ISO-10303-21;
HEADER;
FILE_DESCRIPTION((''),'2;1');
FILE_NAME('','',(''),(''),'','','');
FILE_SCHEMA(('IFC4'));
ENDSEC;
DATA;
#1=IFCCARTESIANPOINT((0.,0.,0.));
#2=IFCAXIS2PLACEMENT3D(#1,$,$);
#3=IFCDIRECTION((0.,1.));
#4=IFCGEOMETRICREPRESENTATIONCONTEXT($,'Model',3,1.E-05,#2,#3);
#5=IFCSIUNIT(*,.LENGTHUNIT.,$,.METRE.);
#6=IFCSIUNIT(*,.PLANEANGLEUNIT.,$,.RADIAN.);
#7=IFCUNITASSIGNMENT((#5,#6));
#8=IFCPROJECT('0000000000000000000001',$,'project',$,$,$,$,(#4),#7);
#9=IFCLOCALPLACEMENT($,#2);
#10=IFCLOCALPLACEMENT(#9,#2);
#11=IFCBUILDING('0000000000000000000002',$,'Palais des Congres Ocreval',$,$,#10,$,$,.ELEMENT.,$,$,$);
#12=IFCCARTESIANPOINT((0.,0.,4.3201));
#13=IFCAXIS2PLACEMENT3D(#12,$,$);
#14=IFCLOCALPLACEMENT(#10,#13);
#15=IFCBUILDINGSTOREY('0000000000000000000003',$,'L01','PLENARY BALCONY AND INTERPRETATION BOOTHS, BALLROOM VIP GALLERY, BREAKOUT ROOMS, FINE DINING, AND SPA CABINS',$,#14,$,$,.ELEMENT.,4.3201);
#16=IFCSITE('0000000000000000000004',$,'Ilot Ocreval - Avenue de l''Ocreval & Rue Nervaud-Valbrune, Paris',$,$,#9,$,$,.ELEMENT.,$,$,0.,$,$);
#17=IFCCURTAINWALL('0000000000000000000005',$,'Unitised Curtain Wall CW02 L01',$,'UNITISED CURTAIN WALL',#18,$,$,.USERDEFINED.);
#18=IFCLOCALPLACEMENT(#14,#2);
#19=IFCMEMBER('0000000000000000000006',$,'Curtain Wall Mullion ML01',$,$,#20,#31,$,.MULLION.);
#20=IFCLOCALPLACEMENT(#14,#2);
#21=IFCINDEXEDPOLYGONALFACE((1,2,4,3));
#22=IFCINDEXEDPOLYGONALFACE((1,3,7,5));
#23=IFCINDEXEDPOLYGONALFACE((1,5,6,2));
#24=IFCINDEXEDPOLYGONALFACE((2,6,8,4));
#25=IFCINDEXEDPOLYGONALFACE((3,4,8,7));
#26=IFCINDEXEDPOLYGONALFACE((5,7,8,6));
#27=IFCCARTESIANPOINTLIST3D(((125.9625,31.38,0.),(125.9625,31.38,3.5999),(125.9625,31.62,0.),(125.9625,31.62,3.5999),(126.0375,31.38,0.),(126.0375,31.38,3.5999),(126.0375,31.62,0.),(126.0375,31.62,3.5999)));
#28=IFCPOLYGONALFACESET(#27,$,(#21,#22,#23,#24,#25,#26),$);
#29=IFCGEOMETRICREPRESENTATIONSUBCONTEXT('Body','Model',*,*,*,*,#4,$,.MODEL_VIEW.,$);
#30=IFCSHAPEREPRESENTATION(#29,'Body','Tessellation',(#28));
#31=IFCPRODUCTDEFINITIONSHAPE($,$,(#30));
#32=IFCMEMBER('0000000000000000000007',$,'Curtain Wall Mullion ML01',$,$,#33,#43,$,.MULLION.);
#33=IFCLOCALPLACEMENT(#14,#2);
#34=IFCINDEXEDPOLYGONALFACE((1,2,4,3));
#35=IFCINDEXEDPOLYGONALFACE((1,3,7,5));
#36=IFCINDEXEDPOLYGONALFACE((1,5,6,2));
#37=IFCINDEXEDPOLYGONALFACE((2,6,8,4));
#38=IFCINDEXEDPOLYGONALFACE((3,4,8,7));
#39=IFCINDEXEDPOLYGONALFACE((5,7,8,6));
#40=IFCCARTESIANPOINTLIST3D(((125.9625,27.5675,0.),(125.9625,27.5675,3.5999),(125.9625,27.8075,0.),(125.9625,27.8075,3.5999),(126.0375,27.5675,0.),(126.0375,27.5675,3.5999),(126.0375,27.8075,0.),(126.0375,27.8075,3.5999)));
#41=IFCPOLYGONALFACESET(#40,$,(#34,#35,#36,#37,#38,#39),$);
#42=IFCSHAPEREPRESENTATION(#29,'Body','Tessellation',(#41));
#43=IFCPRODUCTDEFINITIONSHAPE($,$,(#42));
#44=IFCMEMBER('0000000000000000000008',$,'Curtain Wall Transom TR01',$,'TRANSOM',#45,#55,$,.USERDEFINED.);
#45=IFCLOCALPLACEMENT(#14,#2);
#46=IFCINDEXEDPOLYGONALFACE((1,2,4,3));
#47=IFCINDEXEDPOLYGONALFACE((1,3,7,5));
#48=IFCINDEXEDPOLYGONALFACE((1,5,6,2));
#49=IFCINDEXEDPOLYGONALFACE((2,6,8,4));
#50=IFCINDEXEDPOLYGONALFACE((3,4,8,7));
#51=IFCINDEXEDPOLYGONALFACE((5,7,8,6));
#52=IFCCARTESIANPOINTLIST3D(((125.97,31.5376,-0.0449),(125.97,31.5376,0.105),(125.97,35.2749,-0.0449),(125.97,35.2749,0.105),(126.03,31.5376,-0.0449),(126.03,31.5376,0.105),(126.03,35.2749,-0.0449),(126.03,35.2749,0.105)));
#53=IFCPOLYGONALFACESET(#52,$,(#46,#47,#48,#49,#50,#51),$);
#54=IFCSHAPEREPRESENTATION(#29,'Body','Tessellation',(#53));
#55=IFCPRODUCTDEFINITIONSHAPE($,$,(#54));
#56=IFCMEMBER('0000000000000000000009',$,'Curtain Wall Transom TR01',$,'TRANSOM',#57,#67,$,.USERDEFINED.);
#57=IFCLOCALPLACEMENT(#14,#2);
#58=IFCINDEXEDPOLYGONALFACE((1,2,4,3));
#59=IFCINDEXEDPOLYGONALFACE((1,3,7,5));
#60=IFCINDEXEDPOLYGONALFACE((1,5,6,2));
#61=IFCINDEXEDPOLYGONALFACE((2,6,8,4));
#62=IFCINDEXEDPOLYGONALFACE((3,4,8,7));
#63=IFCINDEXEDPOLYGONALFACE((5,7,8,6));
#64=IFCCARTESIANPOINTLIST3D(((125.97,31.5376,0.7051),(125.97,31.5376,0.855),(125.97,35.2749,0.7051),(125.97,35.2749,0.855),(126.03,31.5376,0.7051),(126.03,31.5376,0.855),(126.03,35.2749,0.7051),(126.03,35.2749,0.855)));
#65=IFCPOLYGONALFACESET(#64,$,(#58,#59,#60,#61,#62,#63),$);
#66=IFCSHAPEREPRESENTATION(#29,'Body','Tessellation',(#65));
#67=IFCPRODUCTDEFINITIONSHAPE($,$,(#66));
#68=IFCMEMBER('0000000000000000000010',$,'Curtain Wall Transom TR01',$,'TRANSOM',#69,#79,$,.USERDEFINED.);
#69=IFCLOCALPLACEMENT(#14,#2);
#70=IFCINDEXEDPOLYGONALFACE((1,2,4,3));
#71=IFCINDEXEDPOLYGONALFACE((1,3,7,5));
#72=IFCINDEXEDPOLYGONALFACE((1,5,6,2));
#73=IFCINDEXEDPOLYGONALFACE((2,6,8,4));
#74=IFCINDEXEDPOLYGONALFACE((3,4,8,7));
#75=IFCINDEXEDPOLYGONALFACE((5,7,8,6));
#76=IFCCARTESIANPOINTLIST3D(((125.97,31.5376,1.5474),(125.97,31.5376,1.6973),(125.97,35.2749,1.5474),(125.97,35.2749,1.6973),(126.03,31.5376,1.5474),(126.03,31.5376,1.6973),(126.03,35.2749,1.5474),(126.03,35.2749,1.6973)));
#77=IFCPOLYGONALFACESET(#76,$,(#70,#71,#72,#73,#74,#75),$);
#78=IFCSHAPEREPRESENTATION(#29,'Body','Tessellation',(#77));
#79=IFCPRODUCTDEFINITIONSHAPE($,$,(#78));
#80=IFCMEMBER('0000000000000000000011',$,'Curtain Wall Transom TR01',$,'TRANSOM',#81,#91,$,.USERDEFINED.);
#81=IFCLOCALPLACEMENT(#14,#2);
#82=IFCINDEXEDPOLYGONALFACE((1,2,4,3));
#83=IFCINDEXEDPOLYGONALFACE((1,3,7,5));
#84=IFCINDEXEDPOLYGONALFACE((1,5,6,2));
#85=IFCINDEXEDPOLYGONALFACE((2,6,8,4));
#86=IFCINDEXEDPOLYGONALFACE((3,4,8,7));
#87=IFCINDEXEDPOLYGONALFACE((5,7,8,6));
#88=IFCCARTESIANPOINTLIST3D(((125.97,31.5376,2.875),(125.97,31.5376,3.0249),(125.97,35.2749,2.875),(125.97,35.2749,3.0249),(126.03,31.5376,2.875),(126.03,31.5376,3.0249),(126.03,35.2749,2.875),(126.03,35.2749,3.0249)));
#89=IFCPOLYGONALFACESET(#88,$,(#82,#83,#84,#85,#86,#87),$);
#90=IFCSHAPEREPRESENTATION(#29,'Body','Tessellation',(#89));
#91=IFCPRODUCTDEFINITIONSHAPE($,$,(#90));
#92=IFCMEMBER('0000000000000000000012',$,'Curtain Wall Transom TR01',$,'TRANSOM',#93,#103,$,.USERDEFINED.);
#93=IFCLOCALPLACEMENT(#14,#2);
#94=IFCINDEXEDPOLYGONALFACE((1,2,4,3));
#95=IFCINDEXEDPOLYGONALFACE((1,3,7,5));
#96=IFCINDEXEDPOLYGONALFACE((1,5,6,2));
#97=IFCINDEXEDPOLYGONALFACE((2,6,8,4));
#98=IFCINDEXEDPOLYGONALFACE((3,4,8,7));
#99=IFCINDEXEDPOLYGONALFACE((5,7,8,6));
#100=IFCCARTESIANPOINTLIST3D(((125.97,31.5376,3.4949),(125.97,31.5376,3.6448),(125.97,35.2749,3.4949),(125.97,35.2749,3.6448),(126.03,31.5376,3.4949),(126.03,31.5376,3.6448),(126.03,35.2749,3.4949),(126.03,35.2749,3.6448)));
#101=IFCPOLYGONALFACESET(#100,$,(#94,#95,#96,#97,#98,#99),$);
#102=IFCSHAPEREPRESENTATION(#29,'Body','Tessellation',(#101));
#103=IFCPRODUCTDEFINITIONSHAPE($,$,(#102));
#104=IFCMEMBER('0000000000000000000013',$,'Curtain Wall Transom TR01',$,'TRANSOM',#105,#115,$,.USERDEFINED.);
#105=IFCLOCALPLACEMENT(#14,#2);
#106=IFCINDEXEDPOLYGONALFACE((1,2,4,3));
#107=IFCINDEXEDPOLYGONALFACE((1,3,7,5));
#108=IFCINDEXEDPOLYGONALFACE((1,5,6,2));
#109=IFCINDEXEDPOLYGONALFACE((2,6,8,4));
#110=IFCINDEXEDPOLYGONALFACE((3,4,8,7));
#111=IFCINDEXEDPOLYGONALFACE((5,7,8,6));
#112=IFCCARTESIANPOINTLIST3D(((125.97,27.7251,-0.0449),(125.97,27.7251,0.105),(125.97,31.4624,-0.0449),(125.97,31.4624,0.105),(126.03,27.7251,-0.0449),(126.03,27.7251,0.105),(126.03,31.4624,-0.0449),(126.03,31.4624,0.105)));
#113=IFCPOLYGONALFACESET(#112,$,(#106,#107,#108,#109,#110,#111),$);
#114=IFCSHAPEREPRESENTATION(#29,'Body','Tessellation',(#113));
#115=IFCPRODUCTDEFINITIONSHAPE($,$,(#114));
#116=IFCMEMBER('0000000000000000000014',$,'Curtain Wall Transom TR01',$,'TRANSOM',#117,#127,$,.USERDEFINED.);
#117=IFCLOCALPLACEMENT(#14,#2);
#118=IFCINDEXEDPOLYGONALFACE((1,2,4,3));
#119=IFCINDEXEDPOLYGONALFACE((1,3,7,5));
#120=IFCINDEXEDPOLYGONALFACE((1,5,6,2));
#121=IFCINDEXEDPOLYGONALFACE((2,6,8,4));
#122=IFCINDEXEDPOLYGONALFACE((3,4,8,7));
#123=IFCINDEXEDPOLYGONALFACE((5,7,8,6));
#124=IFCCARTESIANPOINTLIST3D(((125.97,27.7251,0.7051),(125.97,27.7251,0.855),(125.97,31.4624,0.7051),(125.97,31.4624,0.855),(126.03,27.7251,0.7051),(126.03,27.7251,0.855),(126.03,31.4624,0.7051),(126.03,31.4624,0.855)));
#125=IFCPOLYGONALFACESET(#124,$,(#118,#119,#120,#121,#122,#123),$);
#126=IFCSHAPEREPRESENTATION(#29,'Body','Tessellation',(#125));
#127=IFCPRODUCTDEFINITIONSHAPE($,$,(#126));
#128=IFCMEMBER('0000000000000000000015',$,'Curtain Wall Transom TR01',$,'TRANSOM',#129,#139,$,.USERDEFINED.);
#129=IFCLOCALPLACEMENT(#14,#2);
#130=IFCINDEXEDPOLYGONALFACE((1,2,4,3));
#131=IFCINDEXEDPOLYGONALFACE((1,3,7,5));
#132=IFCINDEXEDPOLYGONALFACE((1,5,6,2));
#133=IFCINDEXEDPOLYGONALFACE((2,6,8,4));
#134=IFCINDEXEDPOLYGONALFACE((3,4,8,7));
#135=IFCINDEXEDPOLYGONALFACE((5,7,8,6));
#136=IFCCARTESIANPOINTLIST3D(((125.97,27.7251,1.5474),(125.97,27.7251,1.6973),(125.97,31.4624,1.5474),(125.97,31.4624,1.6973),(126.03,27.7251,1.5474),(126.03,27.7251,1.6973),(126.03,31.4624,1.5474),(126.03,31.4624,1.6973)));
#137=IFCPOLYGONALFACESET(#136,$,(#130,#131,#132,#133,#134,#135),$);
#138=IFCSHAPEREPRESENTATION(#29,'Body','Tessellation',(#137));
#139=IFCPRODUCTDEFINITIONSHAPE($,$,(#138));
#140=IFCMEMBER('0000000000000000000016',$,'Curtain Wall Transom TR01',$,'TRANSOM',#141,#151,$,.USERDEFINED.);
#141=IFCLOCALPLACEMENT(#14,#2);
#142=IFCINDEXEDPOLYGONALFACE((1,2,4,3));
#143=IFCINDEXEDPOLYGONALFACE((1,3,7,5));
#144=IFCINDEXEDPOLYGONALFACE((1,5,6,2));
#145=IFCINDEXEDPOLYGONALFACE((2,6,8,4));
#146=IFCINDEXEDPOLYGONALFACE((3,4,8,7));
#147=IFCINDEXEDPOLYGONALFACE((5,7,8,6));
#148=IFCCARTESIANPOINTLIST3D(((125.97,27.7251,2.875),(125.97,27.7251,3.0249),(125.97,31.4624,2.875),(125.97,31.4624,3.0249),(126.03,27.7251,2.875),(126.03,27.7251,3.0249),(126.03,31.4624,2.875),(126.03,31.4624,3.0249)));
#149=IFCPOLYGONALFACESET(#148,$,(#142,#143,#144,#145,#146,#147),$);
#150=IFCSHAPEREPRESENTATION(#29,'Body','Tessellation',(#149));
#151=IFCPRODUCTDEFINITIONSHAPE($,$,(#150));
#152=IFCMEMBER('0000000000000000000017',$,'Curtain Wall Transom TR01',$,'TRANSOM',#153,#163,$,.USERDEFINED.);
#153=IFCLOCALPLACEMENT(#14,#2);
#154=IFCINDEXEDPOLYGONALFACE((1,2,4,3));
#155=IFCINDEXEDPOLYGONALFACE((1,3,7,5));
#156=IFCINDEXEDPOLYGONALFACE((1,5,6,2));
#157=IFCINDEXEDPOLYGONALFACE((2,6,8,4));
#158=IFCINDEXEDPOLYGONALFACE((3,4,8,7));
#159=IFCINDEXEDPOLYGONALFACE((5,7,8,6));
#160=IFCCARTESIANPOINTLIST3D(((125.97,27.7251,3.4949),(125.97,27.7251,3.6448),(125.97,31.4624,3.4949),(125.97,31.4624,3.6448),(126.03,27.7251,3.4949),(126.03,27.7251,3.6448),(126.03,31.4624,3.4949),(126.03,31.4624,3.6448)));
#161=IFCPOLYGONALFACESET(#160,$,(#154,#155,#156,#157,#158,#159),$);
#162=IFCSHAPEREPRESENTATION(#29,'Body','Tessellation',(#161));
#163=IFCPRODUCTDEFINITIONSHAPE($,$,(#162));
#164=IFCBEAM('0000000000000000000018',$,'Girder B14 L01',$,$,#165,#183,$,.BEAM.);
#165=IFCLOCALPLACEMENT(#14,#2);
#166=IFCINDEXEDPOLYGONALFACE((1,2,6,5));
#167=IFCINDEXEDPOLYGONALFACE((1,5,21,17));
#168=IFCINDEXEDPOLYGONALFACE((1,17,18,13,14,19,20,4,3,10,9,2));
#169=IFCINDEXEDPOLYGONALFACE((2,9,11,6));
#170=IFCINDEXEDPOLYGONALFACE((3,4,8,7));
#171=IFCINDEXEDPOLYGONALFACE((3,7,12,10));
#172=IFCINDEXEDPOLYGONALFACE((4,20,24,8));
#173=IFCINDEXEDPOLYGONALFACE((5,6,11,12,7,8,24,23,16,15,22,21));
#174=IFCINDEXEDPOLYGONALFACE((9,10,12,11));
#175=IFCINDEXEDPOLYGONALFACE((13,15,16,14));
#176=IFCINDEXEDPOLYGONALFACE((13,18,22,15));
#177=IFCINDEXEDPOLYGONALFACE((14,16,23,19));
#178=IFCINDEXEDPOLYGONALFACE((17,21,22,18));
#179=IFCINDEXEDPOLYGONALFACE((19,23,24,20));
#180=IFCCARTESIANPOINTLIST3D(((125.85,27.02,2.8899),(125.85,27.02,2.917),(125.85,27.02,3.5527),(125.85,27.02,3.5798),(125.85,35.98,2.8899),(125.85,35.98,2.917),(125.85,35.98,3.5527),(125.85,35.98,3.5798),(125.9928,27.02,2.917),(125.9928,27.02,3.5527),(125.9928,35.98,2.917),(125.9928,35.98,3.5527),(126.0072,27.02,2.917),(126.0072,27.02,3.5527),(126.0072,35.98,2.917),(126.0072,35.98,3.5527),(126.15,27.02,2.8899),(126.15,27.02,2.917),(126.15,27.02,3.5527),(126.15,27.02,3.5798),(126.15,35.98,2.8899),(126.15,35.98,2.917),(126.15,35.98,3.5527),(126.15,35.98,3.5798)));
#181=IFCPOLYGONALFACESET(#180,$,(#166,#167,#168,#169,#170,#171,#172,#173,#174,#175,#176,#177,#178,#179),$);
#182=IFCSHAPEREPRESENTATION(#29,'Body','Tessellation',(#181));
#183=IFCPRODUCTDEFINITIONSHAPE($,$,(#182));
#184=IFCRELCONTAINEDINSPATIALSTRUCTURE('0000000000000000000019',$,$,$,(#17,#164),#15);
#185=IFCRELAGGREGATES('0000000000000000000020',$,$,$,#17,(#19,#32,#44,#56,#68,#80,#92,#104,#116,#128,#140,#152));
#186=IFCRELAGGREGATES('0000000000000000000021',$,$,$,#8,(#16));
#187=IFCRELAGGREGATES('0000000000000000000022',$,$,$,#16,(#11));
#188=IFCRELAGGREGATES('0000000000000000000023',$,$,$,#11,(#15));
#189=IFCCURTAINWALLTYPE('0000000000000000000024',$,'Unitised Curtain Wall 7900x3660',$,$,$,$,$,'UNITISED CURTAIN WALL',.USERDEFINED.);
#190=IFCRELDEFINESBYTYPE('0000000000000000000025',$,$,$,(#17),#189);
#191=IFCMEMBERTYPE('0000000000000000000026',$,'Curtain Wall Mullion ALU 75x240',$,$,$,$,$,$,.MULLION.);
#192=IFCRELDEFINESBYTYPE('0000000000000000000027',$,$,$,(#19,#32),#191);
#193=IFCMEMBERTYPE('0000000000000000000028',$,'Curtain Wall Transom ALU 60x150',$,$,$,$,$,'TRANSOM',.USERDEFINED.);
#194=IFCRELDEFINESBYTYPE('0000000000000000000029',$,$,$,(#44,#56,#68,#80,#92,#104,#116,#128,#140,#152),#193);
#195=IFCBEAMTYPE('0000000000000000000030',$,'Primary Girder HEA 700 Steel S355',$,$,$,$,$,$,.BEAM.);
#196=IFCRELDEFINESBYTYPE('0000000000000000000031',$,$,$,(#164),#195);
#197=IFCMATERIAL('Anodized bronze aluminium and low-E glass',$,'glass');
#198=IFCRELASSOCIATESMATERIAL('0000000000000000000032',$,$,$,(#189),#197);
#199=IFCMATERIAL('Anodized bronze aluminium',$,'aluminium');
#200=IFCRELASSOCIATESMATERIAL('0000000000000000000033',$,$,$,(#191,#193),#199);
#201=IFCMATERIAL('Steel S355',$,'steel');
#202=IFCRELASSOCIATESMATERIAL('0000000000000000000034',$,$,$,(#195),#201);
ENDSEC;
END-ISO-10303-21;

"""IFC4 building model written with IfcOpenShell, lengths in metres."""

from ifc_helpers import new_model, si_unit, direction, frame, origin, origin_2d, place, context, subcontext, project, spatial, rectangle, i_section, extrude, material, material_profile, profile_set, type_object, element, aggregate, save


model = new_model("IFC4")

# Units and contexts
model_context = context("Model", 3, precision=1e-05, world=origin(), true_north=direction((0.0, 1.0)))
body_context = subcontext(model_context, "Body", "Model", "MODEL_VIEW")
ifc_project = project(units=[si_unit("LENGTHUNIT", "METRE"), si_unit("PLANEANGLEUNIT", "RADIAN")], contexts=[model_context])

# Site, building, storey
site_placement = place(None, origin())
site = spatial("IfcSite", under=ifc_project, at=site_placement, Name="Ilot Ocreval - Avenue de l'Ocreval & Rue Nervaud-Valbrune, Paris", CompositionType="ELEMENT", RefElevation=0.0)
building_placement = place(site_placement, origin())
building = spatial("IfcBuilding", under=site, at=building_placement, Name="Palais des Congres Ocreval", CompositionType="ELEMENT")
storey_placement = place(building_placement, frame((0.0, 0.0, 4.3201)))
storey = spatial("IfcBuildingStorey", under=building, at=storey_placement, Name="L01", Description="PLENARY BALCONY AND INTERPRETATION BOOTHS, BALLROOM VIP GALLERY, BREAKOUT ROOMS, FINE DINING, AND SPA CABINS", CompositionType="ELEMENT", Elevation=4.3201)

# Curtain wall, members
ifc_material_1 = material(Name="Anodized bronze aluminium and low-E glass", Category="glass")
curtain_wall_type = type_object("IfcCurtainWallType", Name="Unitised Curtain Wall 7900x3660", ElementType="UNITISED CURTAIN WALL", PredefinedType="USERDEFINED", material=ifc_material_1)
curtain_wall_placement = place(storey_placement, origin())
curtain_wall = element("IfcCurtainWall", 1, at=curtain_wall_placement, inside=storey, type_object=curtain_wall_type, Name="Unitised Curtain Wall CW02 L01", ObjectType="UNITISED CURTAIN WALL", PredefinedType="USERDEFINED")
ifc_material_2 = material(Name="Anodized bronze aluminium", Category="aluminium")
ifc_material_profile_1 = material_profile(ifc_material_2, rectangle(XDim=0.075, YDim=0.24, at=origin_2d()), Name="ALU 75x240")
ifc_profile_set_1 = profile_set([ifc_material_profile_1], Name="Anodized bronze aluminium")
member_type_1 = type_object("IfcMemberType", Name="Curtain Wall Mullion ALU 75x240", PredefinedType="MULLION", material=ifc_profile_set_1)
member_1_placement = place(storey_placement, frame((126.0, 31.5, 0.0), z_axis=(0.0, 0.0, 1.0), x_axis=(1.0, 0.0, 0.0)))
member_1 = element("IfcMember", 2, at=member_1_placement, type_object=member_type_1, Name="Curtain Wall Mullion ML01", PredefinedType="MULLION", context=body_context, shape_type="SweptSolid", body=[
    extrude(rectangle(XDim=0.075, YDim=0.24, at=origin_2d()), origin(), (0.0, 0.0, 1.0), 3.5999),
])
member_2_placement = place(storey_placement, frame((126.0, 27.6875, 0.0), z_axis=(0.0, 0.0, 1.0), x_axis=(1.0, 0.0, 0.0)))
member_2 = element("IfcMember", 3, at=member_2_placement, type_object=member_type_1, Name="Curtain Wall Mullion ML01", PredefinedType="MULLION", context=body_context, shape_type="SweptSolid", body=[
    extrude(rectangle(XDim=0.075, YDim=0.24, at=origin_2d()), origin(), (0.0, 0.0, 1.0), 3.5999),
])
ifc_material_profile_2 = material_profile(ifc_material_2, rectangle(XDim=0.0601, YDim=0.1499, at=origin_2d()), Name="ALU 60x150")
ifc_profile_set_2 = profile_set([ifc_material_profile_2], Name="Anodized bronze aluminium")
member_type_2 = type_object("IfcMemberType", Name="Curtain Wall Transom ALU 60x150", ElementType="TRANSOM", PredefinedType="USERDEFINED", material=ifc_profile_set_2)
member_3_placement = place(storey_placement, frame((126.0, 35.2749, 0.03), z_axis=(0.0, -1.0, 0.0), x_axis=(1.0, 0.0, 0.0)))
member_3 = element("IfcMember", 4, at=member_3_placement, type_object=member_type_2, Name="Curtain Wall Transom TR01", ObjectType="TRANSOM", PredefinedType="USERDEFINED", context=body_context, shape_type="SweptSolid", body=[
    extrude(rectangle(XDim=0.0601, YDim=0.1499, at=origin_2d()), origin(), (0.0, 0.0, 1.0), 3.7373),
])
member_4_placement = place(storey_placement, frame((126.0, 35.2749, 0.78), z_axis=(0.0, -1.0, 0.0), x_axis=(1.0, 0.0, 0.0)))
member_4 = element("IfcMember", 5, at=member_4_placement, type_object=member_type_2, Name="Curtain Wall Transom TR01", ObjectType="TRANSOM", PredefinedType="USERDEFINED", context=body_context, shape_type="SweptSolid", body=[
    extrude(rectangle(XDim=0.0601, YDim=0.1499, at=origin_2d()), origin(), (0.0, 0.0, 1.0), 3.7373),
])
member_5_placement = place(storey_placement, frame((126.0, 35.2749, 1.6223), z_axis=(0.0, -1.0, 0.0), x_axis=(1.0, 0.0, 0.0)))
member_5 = element("IfcMember", 6, at=member_5_placement, type_object=member_type_2, Name="Curtain Wall Transom TR01", ObjectType="TRANSOM", PredefinedType="USERDEFINED", context=body_context, shape_type="SweptSolid", body=[
    extrude(rectangle(XDim=0.0601, YDim=0.1499, at=origin_2d()), origin(), (0.0, 0.0, 1.0), 3.7373),
])
member_6_placement = place(storey_placement, frame((126.0, 35.2749, 2.95), z_axis=(0.0, -1.0, 0.0), x_axis=(1.0, 0.0, 0.0)))
member_6 = element("IfcMember", 7, at=member_6_placement, type_object=member_type_2, Name="Curtain Wall Transom TR01", ObjectType="TRANSOM", PredefinedType="USERDEFINED", context=body_context, shape_type="SweptSolid", body=[
    extrude(rectangle(XDim=0.0601, YDim=0.1499, at=origin_2d()), origin(), (0.0, 0.0, 1.0), 3.7373),
])
member_7_placement = place(storey_placement, frame((126.0, 35.2749, 3.5698), z_axis=(0.0, -1.0, 0.0), x_axis=(1.0, 0.0, 0.0)))
member_7 = element("IfcMember", 8, at=member_7_placement, type_object=member_type_2, Name="Curtain Wall Transom TR01", ObjectType="TRANSOM", PredefinedType="USERDEFINED", context=body_context, shape_type="SweptSolid", body=[
    extrude(rectangle(XDim=0.0601, YDim=0.1499, at=origin_2d()), origin(), (0.0, 0.0, 1.0), 3.7373),
])
member_8_placement = place(storey_placement, frame((126.0, 31.4624, 0.03), z_axis=(0.0, -1.0, 0.0), x_axis=(1.0, 0.0, 0.0)))
member_8 = element("IfcMember", 9, at=member_8_placement, type_object=member_type_2, Name="Curtain Wall Transom TR01", ObjectType="TRANSOM", PredefinedType="USERDEFINED", context=body_context, shape_type="SweptSolid", body=[
    extrude(rectangle(XDim=0.0601, YDim=0.1499, at=origin_2d()), origin(), (0.0, 0.0, 1.0), 3.7373),
])
member_9_placement = place(storey_placement, frame((126.0, 31.4624, 0.78), z_axis=(0.0, -1.0, 0.0), x_axis=(1.0, 0.0, 0.0)))
member_9 = element("IfcMember", 10, at=member_9_placement, type_object=member_type_2, Name="Curtain Wall Transom TR01", ObjectType="TRANSOM", PredefinedType="USERDEFINED", context=body_context, shape_type="SweptSolid", body=[
    extrude(rectangle(XDim=0.0601, YDim=0.1499, at=origin_2d()), origin(), (0.0, 0.0, 1.0), 3.7373),
])
member_10_placement = place(storey_placement, frame((126.0, 31.4624, 1.6223), z_axis=(0.0, -1.0, 0.0), x_axis=(1.0, 0.0, 0.0)))
member_10 = element("IfcMember", 11, at=member_10_placement, type_object=member_type_2, Name="Curtain Wall Transom TR01", ObjectType="TRANSOM", PredefinedType="USERDEFINED", context=body_context, shape_type="SweptSolid", body=[
    extrude(rectangle(XDim=0.0601, YDim=0.1499, at=origin_2d()), origin(), (0.0, 0.0, 1.0), 3.7373),
])
member_11_placement = place(storey_placement, frame((126.0, 31.4624, 2.95), z_axis=(0.0, -1.0, 0.0), x_axis=(1.0, 0.0, 0.0)))
member_11 = element("IfcMember", 12, at=member_11_placement, type_object=member_type_2, Name="Curtain Wall Transom TR01", ObjectType="TRANSOM", PredefinedType="USERDEFINED", context=body_context, shape_type="SweptSolid", body=[
    extrude(rectangle(XDim=0.0601, YDim=0.1499, at=origin_2d()), origin(), (0.0, 0.0, 1.0), 3.7373),
])
member_12_placement = place(storey_placement, frame((126.0, 31.4624, 3.5698), z_axis=(0.0, -1.0, 0.0), x_axis=(1.0, 0.0, 0.0)))
member_12 = element("IfcMember", 13, at=member_12_placement, type_object=member_type_2, Name="Curtain Wall Transom TR01", ObjectType="TRANSOM", PredefinedType="USERDEFINED", context=body_context, shape_type="SweptSolid", body=[
    extrude(rectangle(XDim=0.0601, YDim=0.1499, at=origin_2d()), origin(), (0.0, 0.0, 1.0), 3.7373),
])

# Beam
ifc_material_3 = material(Name="Steel S355", Category="steel")
ifc_material_profile_3 = material_profile(ifc_material_3, i_section(OverallWidth=0.3, OverallDepth=0.6899, WebThickness=0.0144, FlangeThickness=0.0271, at=origin_2d()), Name="HEA 700")
ifc_profile_set_3 = profile_set([ifc_material_profile_3], Name="Steel S355")
beam_type = type_object("IfcBeamType", Name="Primary Girder HEA 700 Steel S355", PredefinedType="BEAM", material=ifc_profile_set_3)
beam_placement = place(storey_placement, frame((126.0, 27.02, 3.2349), z_axis=(0.0, 1.0, 0.0), x_axis=(-1.0, 0.0, 0.0)))
element("IfcBeam", 14, at=beam_placement, inside=storey, type_object=beam_type, Name="Girder B14 L01", PredefinedType="BEAM", context=body_context, shape_type="SweptSolid", body=[
    extrude(i_section(OverallWidth=0.3, OverallDepth=0.6899, WebThickness=0.0144, FlangeThickness=0.0271, at=origin_2d()), origin(), (0.0, 0.0, 1.0), 8.96),
])

aggregate(curtain_wall, [member_1, member_2, member_3, member_4, member_5, member_6, member_7, member_8, member_9, member_10, member_11, member_12])

save(model, "model.ifc")
